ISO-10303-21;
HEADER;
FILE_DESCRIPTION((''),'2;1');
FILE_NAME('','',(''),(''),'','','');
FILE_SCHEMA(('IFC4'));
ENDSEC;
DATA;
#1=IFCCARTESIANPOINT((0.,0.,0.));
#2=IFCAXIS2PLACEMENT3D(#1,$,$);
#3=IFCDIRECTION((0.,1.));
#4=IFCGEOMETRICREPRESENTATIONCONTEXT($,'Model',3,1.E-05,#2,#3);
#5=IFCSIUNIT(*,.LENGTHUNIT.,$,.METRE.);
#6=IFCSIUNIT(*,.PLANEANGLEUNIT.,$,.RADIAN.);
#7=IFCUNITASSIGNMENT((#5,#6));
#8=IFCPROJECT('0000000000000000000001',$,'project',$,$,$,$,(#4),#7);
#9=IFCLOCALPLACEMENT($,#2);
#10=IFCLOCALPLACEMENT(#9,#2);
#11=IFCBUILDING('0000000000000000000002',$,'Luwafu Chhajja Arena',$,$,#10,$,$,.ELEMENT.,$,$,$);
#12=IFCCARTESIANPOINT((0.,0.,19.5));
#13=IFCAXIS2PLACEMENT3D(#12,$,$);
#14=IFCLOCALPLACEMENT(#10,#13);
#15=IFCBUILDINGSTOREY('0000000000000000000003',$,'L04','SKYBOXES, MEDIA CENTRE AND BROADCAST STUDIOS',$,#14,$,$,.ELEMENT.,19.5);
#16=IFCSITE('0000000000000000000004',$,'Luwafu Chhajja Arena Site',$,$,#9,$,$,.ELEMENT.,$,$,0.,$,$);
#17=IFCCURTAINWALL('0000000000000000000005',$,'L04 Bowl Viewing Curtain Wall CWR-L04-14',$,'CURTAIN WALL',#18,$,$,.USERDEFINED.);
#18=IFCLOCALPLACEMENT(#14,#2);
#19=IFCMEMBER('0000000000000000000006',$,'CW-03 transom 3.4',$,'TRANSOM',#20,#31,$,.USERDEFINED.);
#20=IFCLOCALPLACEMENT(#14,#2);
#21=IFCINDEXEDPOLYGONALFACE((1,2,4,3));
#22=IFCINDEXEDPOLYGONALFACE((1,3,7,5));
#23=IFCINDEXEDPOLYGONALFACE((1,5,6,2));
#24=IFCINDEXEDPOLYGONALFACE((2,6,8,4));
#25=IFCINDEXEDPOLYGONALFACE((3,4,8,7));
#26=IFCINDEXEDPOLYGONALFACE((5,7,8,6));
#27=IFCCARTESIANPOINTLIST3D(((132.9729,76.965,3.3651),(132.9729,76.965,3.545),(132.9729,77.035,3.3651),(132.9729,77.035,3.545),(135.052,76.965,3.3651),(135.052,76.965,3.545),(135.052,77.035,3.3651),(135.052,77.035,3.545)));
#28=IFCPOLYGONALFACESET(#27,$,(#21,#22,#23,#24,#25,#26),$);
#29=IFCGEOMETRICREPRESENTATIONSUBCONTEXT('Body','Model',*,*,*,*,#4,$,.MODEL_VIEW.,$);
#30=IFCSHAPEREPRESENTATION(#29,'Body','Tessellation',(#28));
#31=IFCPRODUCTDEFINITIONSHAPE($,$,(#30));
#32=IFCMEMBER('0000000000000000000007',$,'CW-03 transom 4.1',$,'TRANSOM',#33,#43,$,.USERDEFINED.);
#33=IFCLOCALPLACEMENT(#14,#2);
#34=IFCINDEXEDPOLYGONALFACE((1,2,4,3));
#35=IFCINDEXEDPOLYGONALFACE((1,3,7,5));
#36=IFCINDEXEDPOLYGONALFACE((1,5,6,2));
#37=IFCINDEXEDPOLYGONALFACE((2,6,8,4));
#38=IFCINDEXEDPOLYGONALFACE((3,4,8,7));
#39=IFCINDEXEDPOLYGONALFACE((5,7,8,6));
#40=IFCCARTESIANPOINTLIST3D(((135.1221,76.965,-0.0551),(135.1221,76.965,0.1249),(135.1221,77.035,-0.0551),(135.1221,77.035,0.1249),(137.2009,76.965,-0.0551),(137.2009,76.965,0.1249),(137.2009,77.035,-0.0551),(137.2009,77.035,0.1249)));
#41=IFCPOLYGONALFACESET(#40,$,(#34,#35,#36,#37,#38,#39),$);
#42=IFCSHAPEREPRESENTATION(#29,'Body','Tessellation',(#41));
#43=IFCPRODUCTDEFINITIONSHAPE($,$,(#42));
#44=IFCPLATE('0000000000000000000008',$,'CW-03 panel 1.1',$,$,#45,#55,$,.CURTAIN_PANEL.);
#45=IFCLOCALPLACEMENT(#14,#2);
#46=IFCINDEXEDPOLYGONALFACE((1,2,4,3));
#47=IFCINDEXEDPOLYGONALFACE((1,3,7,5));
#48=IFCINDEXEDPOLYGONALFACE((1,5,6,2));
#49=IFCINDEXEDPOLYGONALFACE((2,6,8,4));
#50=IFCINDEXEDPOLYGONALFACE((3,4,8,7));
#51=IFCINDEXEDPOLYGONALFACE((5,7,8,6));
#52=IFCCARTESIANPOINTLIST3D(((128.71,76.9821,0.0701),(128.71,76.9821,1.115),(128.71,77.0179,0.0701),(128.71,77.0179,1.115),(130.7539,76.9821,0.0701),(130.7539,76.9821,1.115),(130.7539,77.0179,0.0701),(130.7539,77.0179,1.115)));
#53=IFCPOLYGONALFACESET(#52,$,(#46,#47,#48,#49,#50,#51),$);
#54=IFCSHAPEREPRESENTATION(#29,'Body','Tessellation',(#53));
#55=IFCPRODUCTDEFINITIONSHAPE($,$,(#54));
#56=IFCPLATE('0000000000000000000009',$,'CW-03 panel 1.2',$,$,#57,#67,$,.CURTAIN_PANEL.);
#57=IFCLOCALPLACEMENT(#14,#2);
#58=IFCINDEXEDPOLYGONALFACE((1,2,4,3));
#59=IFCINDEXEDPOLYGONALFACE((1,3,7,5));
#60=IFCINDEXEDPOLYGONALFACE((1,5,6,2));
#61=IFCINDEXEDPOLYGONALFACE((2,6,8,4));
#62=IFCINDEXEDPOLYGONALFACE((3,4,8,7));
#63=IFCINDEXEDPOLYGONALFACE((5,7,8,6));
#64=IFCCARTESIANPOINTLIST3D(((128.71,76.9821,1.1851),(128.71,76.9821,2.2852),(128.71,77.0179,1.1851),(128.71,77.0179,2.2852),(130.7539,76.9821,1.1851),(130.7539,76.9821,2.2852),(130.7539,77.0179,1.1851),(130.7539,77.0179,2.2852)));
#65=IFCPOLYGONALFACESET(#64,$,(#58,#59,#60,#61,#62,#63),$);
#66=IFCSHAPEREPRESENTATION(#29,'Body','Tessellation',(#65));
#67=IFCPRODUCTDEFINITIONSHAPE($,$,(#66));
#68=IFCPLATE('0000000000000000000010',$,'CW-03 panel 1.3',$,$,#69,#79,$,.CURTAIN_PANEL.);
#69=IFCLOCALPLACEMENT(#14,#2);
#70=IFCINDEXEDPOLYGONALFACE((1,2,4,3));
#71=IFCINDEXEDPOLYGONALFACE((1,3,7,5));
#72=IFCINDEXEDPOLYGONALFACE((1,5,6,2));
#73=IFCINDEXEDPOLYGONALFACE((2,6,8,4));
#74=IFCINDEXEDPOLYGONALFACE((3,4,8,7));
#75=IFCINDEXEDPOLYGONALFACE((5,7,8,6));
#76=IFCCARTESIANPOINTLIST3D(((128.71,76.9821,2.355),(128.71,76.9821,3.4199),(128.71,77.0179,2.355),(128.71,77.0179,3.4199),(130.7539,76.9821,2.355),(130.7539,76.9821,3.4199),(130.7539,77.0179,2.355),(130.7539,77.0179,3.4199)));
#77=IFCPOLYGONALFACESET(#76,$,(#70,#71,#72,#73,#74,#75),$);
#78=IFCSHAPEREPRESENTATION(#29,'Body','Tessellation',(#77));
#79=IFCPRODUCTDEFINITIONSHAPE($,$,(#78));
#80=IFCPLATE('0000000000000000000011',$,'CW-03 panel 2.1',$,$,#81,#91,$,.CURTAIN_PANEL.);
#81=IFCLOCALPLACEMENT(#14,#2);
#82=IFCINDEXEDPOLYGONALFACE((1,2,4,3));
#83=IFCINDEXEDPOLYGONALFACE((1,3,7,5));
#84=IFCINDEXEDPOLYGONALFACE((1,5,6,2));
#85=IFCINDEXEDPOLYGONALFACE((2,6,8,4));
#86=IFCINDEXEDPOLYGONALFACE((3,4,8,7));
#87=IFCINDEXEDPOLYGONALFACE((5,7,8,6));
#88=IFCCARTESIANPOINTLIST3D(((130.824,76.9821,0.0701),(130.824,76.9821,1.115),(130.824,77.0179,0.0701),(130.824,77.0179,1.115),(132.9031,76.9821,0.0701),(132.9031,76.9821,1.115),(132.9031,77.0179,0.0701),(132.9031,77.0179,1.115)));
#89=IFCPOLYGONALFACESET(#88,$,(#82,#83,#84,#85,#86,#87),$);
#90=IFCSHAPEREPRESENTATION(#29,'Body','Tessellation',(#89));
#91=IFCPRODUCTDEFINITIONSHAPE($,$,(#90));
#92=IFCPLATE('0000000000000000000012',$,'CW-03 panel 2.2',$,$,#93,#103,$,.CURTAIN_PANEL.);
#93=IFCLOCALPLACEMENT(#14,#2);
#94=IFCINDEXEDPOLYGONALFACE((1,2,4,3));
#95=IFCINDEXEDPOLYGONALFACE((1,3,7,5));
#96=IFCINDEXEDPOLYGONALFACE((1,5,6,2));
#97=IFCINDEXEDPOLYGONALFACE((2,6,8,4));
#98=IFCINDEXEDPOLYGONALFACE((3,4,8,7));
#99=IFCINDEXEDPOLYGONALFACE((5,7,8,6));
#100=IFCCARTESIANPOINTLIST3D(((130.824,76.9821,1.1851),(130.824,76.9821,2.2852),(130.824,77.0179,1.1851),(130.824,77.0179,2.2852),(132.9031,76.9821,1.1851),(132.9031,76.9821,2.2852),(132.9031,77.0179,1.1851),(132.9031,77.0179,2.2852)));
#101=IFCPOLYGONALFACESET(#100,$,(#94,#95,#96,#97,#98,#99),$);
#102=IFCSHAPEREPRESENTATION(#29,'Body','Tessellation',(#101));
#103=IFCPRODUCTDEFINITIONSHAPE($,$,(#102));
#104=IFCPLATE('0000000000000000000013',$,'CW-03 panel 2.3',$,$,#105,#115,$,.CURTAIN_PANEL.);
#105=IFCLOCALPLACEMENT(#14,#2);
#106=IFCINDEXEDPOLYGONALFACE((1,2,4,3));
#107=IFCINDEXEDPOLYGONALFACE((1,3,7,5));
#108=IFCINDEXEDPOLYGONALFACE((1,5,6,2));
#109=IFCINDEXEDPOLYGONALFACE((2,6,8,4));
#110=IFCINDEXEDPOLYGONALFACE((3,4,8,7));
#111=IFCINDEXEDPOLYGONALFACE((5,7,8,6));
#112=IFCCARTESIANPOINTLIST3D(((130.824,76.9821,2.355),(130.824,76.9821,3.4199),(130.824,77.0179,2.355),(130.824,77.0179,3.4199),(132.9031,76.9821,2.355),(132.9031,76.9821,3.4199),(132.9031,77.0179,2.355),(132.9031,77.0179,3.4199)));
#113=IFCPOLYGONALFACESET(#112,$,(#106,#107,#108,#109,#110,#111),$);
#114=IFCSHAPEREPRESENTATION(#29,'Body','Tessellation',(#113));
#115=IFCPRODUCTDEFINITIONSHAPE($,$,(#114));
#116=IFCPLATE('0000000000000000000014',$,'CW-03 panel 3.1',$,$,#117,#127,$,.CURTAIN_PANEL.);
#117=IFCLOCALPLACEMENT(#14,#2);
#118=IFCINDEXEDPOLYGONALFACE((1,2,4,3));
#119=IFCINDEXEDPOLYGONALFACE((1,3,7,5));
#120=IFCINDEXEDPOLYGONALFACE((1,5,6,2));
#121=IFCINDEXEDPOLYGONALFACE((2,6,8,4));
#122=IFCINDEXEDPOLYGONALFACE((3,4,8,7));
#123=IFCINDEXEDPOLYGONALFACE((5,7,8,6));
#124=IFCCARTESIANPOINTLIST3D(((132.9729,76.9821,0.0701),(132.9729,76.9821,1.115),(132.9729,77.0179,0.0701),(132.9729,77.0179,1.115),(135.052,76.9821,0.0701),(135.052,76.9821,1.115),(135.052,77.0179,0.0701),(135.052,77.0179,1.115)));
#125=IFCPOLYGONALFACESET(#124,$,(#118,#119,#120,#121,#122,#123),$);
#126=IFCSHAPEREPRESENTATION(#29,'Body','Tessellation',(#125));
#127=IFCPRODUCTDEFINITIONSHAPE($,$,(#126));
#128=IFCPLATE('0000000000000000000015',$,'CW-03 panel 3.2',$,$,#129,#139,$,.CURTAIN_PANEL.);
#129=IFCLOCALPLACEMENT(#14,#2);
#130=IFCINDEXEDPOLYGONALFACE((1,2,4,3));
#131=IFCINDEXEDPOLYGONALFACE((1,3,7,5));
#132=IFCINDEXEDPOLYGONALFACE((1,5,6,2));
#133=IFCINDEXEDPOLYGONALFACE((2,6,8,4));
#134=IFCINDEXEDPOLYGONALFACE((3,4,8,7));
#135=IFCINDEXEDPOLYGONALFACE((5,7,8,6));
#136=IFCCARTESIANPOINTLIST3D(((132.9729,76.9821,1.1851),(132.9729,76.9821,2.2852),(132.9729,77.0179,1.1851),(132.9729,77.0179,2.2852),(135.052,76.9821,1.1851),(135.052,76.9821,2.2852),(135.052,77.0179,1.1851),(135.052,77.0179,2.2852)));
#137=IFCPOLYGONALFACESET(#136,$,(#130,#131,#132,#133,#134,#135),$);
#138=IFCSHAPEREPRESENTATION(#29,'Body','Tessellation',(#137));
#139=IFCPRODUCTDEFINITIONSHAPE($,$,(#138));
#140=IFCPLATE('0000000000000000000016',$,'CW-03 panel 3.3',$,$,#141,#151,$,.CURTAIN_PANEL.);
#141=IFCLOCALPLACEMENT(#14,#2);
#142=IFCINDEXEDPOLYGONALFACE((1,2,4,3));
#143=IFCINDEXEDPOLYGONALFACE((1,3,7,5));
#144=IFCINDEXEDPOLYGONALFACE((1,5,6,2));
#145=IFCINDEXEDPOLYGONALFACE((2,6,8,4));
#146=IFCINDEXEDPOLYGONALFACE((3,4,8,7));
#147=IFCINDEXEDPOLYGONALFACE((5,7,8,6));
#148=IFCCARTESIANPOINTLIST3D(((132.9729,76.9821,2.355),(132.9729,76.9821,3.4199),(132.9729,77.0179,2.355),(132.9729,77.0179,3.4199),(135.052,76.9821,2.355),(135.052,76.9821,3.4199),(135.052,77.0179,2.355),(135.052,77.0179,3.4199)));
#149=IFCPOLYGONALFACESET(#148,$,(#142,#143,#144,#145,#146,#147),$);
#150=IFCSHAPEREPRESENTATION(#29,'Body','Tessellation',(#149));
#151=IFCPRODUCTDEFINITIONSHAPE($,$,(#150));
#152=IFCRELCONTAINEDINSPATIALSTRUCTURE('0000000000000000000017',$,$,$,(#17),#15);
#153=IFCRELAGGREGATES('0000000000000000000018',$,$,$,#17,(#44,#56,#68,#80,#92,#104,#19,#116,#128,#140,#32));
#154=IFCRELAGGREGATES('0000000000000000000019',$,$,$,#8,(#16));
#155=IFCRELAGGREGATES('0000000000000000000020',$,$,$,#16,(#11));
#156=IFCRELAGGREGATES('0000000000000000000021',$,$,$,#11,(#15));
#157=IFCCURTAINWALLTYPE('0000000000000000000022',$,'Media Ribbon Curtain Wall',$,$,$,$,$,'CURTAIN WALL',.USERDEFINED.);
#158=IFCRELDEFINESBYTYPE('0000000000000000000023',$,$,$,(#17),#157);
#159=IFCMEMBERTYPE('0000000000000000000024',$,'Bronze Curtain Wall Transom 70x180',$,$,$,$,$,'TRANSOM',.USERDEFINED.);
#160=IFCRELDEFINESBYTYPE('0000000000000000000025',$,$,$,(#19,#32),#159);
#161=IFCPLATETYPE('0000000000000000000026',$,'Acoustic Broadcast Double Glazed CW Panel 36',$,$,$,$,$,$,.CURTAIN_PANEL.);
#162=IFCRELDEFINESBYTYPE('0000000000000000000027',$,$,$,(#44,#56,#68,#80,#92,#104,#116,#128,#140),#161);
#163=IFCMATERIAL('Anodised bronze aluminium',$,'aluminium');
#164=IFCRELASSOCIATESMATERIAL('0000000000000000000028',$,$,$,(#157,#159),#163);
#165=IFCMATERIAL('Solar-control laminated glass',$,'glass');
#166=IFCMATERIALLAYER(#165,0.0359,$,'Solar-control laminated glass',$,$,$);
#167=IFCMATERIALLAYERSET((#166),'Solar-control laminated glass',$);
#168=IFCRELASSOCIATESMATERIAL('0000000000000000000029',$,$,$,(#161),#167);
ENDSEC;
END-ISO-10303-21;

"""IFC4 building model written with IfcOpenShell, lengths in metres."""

from ifc_helpers import new_model, si_unit, direction, frame, origin, origin_2d, place, context, subcontext, project, spatial, rectangle, extrude, material, layer, layer_set, material_profile, profile_set, type_object, element, aggregate, save


model = new_model("IFC4")

# Units and contexts
model_context = context("Model", 3, precision=1e-05, world=origin(), true_north=direction((0.0, 1.0)))
body_context = subcontext(model_context, "Body", "Model", "MODEL_VIEW")
ifc_project = project(units=[si_unit("LENGTHUNIT", "METRE"), si_unit("PLANEANGLEUNIT", "RADIAN")], contexts=[model_context])

# Site, building, storey
site_placement = place(None, origin())
site = spatial("IfcSite", under=ifc_project, at=site_placement, Name="Luwafu Chhajja Arena Site", CompositionType="ELEMENT", RefElevation=0.0)
building_placement = place(site_placement, origin())
building = spatial("IfcBuilding", under=site, at=building_placement, Name="Luwafu Chhajja Arena", CompositionType="ELEMENT")
storey_placement = place(building_placement, frame((0.0, 0.0, 19.5)))
storey = spatial("IfcBuildingStorey", under=building, at=storey_placement, Name="L04", Description="SKYBOXES, MEDIA CENTRE AND BROADCAST STUDIOS", CompositionType="ELEMENT", Elevation=19.5)

# Curtain wall, members, plates
ifc_material_1 = material(Name="Anodised bronze aluminium", Category="aluminium")
curtain_wall_type = type_object("IfcCurtainWallType", Name="Media Ribbon Curtain Wall", ElementType="CURTAIN WALL", PredefinedType="USERDEFINED", material=ifc_material_1)
curtain_wall_placement = place(storey_placement, origin())
curtain_wall = element("IfcCurtainWall", 1, at=curtain_wall_placement, inside=storey, type_object=curtain_wall_type, Name="L04 Bowl Viewing Curtain Wall CWR-L04-14", ObjectType="CURTAIN WALL", PredefinedType="USERDEFINED")
ifc_material_profile_1 = material_profile(ifc_material_1, rectangle(XDim=0.0701, YDim=0.1799, at=origin_2d()), Name="CWT 70x180")
ifc_profile_set_1 = profile_set([ifc_material_profile_1], Name="Anodised bronze aluminium")
member_type_1 = type_object("IfcMemberType", Name="Bronze Curtain Wall Transom 70x180", ElementType="TRANSOM", PredefinedType="USERDEFINED", material=ifc_profile_set_1)
member_1_placement = place(storey_placement, frame((132.9729, 77.0, 3.4551), z_axis=(1.0, 0.0, 0.0), x_axis=(0.0, 1.0, 0.0)))
member_1 = element("IfcMember", 2, at=member_1_placement, type_object=member_type_1, Name="CW-03 transom 3.4", ObjectType="TRANSOM", PredefinedType="USERDEFINED", context=body_context, shape_type="SweptSolid", body=[
    extrude(rectangle(XDim=0.0701, YDim=0.1799, at=origin_2d()), origin(), (0.0, 0.0, 1.0), 2.0791),
])
member_2_placement = place(storey_placement, frame((135.1221, 77.0, 0.0349), z_axis=(1.0, 0.0, 0.0), x_axis=(0.0, 1.0, 0.0)))
member_2 = element("IfcMember", 3, at=member_2_placement, type_object=member_type_1, Name="CW-03 transom 4.1", ObjectType="TRANSOM", PredefinedType="USERDEFINED", context=body_context, shape_type="SweptSolid", body=[
    extrude(rectangle(XDim=0.0701, YDim=0.1799, at=origin_2d()), origin(), (0.0, 0.0, 1.0), 2.0789),
])
ifc_material_2 = material(Name="Solar-control laminated glass", Category="glass")
ifc_layer = layer(ifc_material_2, 0.0359, Name="Solar-control laminated glass")
ifc_layer_set = layer_set([ifc_layer], Name="Solar-control laminated glass")
plate_type = type_object("IfcPlateType", Name="Acoustic Broadcast Double Glazed CW Panel 36", PredefinedType="CURTAIN_PANEL", material=ifc_layer_set)
plate_1_placement = place(storey_placement, frame((129.7319, 77.0, 0.0701), z_axis=(0.0, 0.0, 1.0), x_axis=(1.0, 0.0, 0.0)))
plate_1 = element("IfcPlate", 4, at=plate_1_placement, type_object=plate_type, Name="CW-03 panel 1.1", PredefinedType="CURTAIN_PANEL", context=body_context, shape_type="SweptSolid", body=[
    extrude(rectangle(XDim=2.0439, YDim=0.0359, at=origin_2d()), origin(), (0.0, 0.0, 1.0), 1.0449),
])
plate_2_placement = place(storey_placement, frame((129.7319, 77.0, 1.1851), z_axis=(0.0, 0.0, 1.0), x_axis=(1.0, 0.0, 0.0)))
plate_2 = element("IfcPlate", 5, at=plate_2_placement, type_object=plate_type, Name="CW-03 panel 1.2", PredefinedType="CURTAIN_PANEL", context=body_context, shape_type="SweptSolid", body=[
    extrude(rectangle(XDim=2.0439, YDim=0.0359, at=origin_2d()), origin(), (0.0, 0.0, 1.0), 1.1001),
])
plate_3_placement = place(storey_placement, frame((129.7319, 77.0, 2.355), z_axis=(0.0, 0.0, 1.0), x_axis=(1.0, 0.0, 0.0)))
plate_3 = element("IfcPlate", 6, at=plate_3_placement, type_object=plate_type, Name="CW-03 panel 1.3", PredefinedType="CURTAIN_PANEL", context=body_context, shape_type="SweptSolid", body=[
    extrude(rectangle(XDim=2.0439, YDim=0.0359, at=origin_2d()), origin(), (0.0, 0.0, 1.0), 1.0649),
])
plate_4_placement = place(storey_placement, frame((131.8635, 77.0, 0.0701), z_axis=(0.0, 0.0, 1.0), x_axis=(1.0, 0.0, 0.0)))
plate_4 = element("IfcPlate", 7, at=plate_4_placement, type_object=plate_type, Name="CW-03 panel 2.1", PredefinedType="CURTAIN_PANEL", context=body_context, shape_type="SweptSolid", body=[
    extrude(rectangle(XDim=2.0791, YDim=0.0359, at=origin_2d()), origin(), (0.0, 0.0, 1.0), 1.0449),
])
plate_5_placement = place(storey_placement, frame((131.8635, 77.0, 1.1851), z_axis=(0.0, 0.0, 1.0), x_axis=(1.0, 0.0, 0.0)))
plate_5 = element("IfcPlate", 8, at=plate_5_placement, type_object=plate_type, Name="CW-03 panel 2.2", PredefinedType="CURTAIN_PANEL", context=body_context, shape_type="SweptSolid", body=[
    extrude(rectangle(XDim=2.0791, YDim=0.0359, at=origin_2d()), origin(), (0.0, 0.0, 1.0), 1.1001),
])
plate_6_placement = place(storey_placement, frame((131.8635, 77.0, 2.355), z_axis=(0.0, 0.0, 1.0), x_axis=(1.0, 0.0, 0.0)))
plate_6 = element("IfcPlate", 9, at=plate_6_placement, type_object=plate_type, Name="CW-03 panel 2.3", PredefinedType="CURTAIN_PANEL", context=body_context, shape_type="SweptSolid", body=[
    extrude(rectangle(XDim=2.0791, YDim=0.0359, at=origin_2d()), origin(), (0.0, 0.0, 1.0), 1.0649),
])
plate_7_placement = place(storey_placement, frame((134.0125, 77.0, 0.0701), z_axis=(0.0, 0.0, 1.0), x_axis=(1.0, 0.0, 0.0)))
plate_7 = element("IfcPlate", 10, at=plate_7_placement, type_object=plate_type, Name="CW-03 panel 3.1", PredefinedType="CURTAIN_PANEL", context=body_context, shape_type="SweptSolid", body=[
    extrude(rectangle(XDim=2.0791, YDim=0.0359, at=origin_2d()), origin(), (0.0, 0.0, 1.0), 1.0449),
])
plate_8_placement = place(storey_placement, frame((134.0125, 77.0, 1.1851), z_axis=(0.0, 0.0, 1.0), x_axis=(1.0, 0.0, 0.0)))
plate_8 = element("IfcPlate", 11, at=plate_8_placement, type_object=plate_type, Name="CW-03 panel 3.2", PredefinedType="CURTAIN_PANEL", context=body_context, shape_type="SweptSolid", body=[
    extrude(rectangle(XDim=2.0791, YDim=0.0359, at=origin_2d()), origin(), (0.0, 0.0, 1.0), 1.1001),
])
plate_9_placement = place(storey_placement, frame((134.0125, 77.0, 2.355), z_axis=(0.0, 0.0, 1.0), x_axis=(1.0, 0.0, 0.0)))
plate_9 = element("IfcPlate", 12, at=plate_9_placement, type_object=plate_type, Name="CW-03 panel 3.3", PredefinedType="CURTAIN_PANEL", context=body_context, shape_type="SweptSolid", body=[
    extrude(rectangle(XDim=2.0791, YDim=0.0359, at=origin_2d()), origin(), (0.0, 0.0, 1.0), 1.0649),
])
aggregate(curtain_wall, [plate_1, plate_2, plate_3, plate_4, plate_5, plate_6, member_1, plate_7, plate_8, plate_9, member_2])

save(model, "model.ifc")
